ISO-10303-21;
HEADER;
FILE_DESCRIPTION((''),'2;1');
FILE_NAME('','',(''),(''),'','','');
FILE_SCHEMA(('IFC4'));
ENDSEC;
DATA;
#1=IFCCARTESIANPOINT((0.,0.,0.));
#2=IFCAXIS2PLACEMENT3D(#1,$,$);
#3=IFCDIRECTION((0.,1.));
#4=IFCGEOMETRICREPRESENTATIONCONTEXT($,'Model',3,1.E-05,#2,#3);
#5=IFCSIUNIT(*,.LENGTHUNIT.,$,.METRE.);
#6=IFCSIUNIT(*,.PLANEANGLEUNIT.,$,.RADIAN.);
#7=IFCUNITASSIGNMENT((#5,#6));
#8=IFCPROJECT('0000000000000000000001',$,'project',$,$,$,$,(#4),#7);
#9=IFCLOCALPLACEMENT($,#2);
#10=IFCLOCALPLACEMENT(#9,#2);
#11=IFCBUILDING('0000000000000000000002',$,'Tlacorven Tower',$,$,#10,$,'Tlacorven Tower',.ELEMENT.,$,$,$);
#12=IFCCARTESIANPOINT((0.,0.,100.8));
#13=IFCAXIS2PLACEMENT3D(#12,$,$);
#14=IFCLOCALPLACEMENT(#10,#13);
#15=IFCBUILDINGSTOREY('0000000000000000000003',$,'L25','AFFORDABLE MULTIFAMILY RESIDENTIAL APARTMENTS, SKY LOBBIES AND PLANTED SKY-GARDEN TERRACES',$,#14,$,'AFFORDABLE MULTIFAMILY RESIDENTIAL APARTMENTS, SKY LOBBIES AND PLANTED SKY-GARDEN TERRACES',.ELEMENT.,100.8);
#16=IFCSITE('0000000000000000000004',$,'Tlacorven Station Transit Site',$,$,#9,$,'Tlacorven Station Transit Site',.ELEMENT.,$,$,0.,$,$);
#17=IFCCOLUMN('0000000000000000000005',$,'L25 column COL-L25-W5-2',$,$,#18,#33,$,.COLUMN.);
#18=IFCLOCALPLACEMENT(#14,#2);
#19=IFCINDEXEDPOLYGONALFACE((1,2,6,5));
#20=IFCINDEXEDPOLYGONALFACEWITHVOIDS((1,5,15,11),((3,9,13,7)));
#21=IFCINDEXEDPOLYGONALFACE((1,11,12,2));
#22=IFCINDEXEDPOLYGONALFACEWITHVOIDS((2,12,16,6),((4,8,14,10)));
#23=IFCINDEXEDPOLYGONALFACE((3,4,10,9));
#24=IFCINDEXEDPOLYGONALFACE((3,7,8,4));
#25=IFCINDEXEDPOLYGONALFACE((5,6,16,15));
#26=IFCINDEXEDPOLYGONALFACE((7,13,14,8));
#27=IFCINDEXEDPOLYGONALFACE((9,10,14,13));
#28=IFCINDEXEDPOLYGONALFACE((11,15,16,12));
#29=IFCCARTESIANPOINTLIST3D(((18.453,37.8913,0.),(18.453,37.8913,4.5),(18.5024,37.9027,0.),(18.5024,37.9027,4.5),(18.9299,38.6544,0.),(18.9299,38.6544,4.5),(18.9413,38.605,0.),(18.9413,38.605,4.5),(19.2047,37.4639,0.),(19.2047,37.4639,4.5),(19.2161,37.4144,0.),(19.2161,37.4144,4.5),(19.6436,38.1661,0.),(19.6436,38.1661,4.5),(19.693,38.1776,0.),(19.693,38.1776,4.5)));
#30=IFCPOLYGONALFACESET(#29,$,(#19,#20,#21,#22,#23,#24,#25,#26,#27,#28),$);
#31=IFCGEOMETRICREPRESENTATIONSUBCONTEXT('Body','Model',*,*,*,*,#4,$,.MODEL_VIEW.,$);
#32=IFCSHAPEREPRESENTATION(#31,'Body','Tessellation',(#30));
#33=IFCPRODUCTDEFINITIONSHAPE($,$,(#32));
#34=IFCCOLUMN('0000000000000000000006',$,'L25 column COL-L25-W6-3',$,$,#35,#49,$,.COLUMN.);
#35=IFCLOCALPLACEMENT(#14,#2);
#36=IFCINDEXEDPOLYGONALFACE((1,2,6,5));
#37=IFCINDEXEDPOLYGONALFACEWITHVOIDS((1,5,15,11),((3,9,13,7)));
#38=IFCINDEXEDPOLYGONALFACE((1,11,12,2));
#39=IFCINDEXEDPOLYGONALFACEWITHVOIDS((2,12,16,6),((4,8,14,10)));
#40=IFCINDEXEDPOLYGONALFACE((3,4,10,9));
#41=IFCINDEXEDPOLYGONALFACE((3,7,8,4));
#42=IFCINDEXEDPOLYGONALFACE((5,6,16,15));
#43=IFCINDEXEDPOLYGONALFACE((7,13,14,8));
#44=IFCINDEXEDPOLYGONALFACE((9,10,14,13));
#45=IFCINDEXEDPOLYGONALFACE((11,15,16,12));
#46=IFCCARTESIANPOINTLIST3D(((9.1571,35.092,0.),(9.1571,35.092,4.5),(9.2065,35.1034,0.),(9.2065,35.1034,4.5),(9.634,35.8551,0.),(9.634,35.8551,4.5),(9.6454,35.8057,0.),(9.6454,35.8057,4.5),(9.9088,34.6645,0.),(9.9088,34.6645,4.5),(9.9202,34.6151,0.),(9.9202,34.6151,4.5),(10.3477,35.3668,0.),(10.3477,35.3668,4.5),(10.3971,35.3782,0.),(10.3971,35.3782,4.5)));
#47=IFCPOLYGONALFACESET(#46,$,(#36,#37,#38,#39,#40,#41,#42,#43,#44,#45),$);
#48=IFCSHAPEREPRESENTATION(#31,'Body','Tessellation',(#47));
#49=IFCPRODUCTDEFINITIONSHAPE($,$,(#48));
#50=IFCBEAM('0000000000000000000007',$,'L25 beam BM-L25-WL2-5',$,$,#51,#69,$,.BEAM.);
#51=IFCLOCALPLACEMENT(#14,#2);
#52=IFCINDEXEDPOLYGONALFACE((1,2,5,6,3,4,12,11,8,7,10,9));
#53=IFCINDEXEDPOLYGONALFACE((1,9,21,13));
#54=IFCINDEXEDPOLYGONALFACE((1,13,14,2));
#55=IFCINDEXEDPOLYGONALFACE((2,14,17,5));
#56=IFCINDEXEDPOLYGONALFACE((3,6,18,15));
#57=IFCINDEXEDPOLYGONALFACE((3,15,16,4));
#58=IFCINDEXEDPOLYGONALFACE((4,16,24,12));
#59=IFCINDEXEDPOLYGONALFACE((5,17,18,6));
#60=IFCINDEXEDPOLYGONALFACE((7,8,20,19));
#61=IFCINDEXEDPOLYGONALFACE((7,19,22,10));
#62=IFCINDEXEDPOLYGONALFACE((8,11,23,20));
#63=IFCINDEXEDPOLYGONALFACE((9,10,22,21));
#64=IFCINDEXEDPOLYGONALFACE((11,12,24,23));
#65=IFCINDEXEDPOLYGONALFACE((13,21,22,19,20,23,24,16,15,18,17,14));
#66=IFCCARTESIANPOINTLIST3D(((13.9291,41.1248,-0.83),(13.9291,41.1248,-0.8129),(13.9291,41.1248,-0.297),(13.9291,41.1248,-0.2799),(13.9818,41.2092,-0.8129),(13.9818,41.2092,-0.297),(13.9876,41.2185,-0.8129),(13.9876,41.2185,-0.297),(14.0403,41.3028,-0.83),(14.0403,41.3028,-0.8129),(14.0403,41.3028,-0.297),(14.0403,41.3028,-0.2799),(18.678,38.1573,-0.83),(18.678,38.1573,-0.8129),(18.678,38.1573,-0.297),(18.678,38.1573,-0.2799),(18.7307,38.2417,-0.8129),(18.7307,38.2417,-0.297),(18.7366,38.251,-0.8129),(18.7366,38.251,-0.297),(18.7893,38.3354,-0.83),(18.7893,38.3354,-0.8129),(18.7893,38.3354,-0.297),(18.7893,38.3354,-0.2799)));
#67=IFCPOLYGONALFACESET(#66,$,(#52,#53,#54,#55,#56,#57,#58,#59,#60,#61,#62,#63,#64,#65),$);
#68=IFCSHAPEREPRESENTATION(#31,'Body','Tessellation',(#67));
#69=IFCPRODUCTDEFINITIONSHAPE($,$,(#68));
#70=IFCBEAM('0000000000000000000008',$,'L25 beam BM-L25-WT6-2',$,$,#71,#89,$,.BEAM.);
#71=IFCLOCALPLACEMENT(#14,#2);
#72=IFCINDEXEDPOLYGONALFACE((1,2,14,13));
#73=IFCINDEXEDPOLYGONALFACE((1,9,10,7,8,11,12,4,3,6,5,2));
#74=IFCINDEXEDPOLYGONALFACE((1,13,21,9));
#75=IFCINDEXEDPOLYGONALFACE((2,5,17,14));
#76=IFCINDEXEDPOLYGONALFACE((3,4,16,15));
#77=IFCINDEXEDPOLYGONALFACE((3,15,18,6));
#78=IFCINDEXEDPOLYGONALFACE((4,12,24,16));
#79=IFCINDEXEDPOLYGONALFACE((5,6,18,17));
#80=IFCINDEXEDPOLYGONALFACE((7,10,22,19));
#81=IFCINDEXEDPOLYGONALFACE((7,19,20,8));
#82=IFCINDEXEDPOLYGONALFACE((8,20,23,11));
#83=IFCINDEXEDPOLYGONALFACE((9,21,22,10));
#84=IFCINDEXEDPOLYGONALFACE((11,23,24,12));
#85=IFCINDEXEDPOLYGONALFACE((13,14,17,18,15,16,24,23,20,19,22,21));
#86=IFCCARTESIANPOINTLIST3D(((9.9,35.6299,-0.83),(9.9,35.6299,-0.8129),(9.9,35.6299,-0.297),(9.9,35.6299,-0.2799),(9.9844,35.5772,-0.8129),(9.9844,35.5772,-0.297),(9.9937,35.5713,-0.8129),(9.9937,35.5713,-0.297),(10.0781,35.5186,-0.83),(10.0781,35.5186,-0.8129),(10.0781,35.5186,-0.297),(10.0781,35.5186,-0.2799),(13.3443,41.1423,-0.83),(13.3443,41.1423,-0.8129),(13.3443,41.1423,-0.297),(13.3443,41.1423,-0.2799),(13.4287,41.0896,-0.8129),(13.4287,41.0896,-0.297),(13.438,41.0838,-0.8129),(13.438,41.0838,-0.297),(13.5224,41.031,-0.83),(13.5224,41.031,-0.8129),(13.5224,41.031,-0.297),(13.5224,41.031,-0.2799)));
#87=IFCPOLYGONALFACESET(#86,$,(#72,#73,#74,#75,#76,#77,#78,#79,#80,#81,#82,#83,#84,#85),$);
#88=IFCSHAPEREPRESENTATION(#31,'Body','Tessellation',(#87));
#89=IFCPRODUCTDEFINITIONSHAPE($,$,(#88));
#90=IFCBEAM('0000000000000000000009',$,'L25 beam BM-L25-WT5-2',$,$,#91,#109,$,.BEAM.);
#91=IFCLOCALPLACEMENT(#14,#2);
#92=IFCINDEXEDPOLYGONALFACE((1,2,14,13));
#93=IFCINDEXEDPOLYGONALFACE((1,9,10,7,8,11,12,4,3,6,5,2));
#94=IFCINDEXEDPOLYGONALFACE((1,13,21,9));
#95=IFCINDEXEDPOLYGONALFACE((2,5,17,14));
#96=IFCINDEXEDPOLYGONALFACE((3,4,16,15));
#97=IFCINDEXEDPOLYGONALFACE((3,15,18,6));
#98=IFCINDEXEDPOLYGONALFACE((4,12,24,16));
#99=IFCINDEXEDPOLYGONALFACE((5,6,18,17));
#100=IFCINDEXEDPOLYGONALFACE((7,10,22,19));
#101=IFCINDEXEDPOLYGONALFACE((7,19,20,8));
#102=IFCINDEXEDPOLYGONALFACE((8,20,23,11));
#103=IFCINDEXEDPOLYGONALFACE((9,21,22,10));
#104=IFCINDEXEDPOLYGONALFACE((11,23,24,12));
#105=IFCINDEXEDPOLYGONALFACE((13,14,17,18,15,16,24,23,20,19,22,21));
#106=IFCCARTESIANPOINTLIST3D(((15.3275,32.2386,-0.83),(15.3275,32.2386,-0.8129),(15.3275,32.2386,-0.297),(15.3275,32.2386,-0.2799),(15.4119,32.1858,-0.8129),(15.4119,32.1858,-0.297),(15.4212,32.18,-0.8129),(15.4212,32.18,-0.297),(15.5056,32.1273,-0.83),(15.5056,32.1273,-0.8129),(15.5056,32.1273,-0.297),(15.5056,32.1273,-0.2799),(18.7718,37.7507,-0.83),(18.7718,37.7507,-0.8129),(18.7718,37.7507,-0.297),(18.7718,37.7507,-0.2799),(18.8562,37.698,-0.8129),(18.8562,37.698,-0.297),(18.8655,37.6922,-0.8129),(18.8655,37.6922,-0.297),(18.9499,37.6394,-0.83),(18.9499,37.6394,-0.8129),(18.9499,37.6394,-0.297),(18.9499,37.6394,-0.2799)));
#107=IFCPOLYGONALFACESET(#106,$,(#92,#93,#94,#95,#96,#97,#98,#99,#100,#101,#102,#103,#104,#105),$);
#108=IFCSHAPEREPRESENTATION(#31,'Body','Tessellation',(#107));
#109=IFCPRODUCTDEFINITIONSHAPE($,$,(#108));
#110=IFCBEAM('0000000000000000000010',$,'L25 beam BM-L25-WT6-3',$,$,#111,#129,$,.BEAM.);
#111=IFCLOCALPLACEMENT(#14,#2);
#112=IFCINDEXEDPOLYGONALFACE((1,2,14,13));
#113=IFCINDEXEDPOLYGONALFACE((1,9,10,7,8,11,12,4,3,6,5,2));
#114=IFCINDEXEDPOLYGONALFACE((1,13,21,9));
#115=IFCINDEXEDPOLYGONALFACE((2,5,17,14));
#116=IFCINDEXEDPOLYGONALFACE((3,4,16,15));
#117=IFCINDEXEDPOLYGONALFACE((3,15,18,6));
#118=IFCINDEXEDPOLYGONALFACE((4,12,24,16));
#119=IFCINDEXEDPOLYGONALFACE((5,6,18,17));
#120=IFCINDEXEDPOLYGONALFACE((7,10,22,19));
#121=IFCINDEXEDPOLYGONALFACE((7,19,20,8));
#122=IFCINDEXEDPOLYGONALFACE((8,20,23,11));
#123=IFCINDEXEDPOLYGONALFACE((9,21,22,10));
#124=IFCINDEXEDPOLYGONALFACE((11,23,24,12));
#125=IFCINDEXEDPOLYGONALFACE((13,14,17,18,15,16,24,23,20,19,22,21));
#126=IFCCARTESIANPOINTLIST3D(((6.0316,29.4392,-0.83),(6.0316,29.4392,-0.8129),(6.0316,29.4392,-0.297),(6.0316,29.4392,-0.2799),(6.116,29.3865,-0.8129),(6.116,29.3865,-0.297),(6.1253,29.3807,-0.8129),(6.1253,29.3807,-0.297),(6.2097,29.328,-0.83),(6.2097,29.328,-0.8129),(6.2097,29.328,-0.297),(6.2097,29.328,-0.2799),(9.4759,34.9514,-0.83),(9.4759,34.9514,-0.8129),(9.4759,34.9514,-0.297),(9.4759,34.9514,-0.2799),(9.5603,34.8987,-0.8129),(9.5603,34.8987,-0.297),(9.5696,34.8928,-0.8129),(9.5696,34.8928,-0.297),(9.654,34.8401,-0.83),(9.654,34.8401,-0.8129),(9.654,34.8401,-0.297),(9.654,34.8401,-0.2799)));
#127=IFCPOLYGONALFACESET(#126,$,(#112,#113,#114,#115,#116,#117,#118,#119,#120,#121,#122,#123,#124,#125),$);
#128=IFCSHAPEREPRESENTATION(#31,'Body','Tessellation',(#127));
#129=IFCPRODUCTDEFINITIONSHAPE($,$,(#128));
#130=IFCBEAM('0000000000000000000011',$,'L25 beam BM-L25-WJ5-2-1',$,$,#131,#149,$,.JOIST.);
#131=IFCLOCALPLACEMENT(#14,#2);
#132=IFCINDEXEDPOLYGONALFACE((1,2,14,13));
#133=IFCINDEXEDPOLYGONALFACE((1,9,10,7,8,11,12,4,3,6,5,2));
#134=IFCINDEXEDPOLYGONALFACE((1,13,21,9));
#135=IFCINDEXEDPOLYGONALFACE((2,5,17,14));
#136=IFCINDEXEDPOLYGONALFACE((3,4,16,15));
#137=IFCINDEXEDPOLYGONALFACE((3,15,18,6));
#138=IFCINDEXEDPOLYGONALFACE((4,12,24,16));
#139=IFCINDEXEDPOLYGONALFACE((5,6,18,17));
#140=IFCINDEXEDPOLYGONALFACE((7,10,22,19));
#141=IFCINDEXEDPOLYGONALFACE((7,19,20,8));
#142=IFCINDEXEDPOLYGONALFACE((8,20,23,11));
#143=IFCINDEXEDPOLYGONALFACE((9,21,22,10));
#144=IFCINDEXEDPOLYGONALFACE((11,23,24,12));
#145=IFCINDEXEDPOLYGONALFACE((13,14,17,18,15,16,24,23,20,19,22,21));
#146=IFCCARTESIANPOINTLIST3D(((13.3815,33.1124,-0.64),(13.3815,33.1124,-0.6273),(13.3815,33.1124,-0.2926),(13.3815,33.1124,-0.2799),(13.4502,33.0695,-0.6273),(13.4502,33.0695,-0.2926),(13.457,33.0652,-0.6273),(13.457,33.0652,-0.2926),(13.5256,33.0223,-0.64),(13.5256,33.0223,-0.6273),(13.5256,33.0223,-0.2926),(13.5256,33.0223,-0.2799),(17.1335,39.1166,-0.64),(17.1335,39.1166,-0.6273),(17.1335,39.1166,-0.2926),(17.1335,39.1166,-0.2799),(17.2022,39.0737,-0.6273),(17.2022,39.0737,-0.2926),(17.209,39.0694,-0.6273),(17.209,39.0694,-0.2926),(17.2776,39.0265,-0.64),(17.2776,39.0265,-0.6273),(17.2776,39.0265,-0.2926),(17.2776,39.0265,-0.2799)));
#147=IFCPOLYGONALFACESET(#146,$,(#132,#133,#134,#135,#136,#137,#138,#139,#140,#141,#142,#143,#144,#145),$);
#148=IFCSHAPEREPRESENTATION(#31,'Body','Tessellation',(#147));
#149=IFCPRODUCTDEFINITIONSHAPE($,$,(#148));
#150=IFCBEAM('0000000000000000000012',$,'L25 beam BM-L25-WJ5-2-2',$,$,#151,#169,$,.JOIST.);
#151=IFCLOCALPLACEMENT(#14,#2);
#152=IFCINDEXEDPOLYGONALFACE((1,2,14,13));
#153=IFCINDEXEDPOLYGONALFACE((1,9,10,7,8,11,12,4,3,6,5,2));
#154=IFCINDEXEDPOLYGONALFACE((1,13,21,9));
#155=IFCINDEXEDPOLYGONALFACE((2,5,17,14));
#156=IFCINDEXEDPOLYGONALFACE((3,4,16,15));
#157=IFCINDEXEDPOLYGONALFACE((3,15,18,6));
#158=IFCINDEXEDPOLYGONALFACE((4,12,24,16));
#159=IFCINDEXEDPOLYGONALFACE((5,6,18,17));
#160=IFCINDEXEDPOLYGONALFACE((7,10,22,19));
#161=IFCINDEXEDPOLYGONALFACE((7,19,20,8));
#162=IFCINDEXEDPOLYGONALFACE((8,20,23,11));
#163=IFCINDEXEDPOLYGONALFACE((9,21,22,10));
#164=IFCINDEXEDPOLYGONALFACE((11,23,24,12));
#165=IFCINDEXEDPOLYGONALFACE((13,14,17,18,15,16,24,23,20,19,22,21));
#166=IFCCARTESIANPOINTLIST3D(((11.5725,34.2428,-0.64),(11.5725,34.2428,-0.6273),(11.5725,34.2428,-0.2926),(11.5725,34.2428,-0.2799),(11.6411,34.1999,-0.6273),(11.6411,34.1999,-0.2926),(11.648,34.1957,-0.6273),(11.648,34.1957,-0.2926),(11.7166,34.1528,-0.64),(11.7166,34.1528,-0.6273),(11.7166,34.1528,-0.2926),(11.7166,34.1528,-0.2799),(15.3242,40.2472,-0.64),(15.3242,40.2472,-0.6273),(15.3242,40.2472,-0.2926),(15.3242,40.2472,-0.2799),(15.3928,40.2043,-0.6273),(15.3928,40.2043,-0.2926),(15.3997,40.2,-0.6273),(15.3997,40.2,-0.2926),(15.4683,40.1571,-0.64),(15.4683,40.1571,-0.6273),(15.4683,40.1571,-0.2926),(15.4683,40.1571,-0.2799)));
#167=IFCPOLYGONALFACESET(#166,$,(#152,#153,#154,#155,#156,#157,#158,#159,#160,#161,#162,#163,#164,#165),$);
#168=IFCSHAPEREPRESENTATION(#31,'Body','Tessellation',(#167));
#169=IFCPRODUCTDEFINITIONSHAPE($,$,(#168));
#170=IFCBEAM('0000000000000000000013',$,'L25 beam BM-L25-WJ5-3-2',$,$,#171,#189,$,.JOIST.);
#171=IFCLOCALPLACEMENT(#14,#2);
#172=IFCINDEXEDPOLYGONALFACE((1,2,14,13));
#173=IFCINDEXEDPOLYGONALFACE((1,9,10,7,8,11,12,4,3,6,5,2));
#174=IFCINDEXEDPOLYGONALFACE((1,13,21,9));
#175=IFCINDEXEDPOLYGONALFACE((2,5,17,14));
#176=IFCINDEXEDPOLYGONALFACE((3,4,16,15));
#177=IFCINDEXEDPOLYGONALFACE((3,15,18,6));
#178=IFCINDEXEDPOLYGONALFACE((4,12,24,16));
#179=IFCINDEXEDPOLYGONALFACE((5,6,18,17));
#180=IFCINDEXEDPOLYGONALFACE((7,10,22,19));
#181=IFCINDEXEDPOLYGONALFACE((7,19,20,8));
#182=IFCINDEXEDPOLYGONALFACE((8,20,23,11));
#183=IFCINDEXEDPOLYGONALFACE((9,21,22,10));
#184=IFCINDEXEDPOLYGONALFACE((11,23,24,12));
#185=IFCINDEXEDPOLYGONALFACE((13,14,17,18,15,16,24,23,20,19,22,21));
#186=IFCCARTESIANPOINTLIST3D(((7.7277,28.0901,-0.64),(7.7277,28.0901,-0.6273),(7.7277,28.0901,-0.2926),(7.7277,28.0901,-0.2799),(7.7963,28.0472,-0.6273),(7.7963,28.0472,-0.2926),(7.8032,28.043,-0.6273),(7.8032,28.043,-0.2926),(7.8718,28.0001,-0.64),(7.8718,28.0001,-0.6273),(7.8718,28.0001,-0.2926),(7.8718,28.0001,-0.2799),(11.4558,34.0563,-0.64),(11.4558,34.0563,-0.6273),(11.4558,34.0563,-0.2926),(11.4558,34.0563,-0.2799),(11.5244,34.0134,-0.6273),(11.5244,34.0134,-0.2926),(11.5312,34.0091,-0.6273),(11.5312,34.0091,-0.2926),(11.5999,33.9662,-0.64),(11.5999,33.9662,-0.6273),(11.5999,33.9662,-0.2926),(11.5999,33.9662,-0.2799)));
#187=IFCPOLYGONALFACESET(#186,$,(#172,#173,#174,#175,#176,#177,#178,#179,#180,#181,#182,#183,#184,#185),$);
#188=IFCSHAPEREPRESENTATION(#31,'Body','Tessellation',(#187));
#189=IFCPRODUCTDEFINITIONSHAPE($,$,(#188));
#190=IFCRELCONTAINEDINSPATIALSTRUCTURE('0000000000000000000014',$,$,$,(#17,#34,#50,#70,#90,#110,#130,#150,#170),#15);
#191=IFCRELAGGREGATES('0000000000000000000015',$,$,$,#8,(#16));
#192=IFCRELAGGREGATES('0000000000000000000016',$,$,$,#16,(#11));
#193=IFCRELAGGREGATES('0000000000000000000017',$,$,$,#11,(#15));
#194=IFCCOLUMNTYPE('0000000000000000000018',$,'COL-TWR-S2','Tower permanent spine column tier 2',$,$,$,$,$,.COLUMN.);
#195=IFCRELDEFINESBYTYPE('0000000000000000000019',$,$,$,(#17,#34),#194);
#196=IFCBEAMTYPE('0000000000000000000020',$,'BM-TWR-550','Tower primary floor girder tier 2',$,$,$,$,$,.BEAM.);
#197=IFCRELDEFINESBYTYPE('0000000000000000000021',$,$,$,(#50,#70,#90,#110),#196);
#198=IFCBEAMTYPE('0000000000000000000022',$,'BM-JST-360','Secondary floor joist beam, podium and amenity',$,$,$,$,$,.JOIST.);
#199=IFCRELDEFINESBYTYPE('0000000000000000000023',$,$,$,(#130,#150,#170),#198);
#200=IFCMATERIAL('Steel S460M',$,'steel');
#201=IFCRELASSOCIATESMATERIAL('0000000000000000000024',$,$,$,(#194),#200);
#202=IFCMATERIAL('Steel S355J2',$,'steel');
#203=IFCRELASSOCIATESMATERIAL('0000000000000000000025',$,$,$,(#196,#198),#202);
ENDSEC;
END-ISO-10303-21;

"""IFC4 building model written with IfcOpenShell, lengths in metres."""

from ifc_helpers import new_model, si_unit, direction, frame, origin, origin_2d, place, context, subcontext, project, spatial, hollow_rectangle, i_section, extrude, source, transform, mapped, material, material_profile, profile_set, type_object, element, save


model = new_model("IFC4")

# Units and contexts
model_context = context("Model", 3, precision=1e-05, world=origin(), true_north=direction((0.0, 1.0)))
body_context = subcontext(model_context, "Body", "Model", "MODEL_VIEW")
ifc_project = project(units=[si_unit("LENGTHUNIT", "METRE"), si_unit("PLANEANGLEUNIT", "RADIAN")], contexts=[model_context])

# Site, building, storey
site_placement = place(None, origin())
site = spatial("IfcSite", under=ifc_project, at=site_placement, Name="Tlacorven Station Transit Site", LongName="Tlacorven Station Transit Site", CompositionType="ELEMENT", RefElevation=0.0)
building_placement = place(site_placement, origin())
building = spatial("IfcBuilding", under=site, at=building_placement, Name="Tlacorven Tower", LongName="Tlacorven Tower", CompositionType="ELEMENT")
storey_placement = place(building_placement, frame((0.0, 0.0, 100.8)))
storey = spatial("IfcBuildingStorey", under=building, at=storey_placement, Name="L25", Description="AFFORDABLE MULTIFAMILY RESIDENTIAL APARTMENTS, SKY LOBBIES AND PLANTED SKY-GARDEN TERRACES", LongName="AFFORDABLE MULTIFAMILY RESIDENTIAL APARTMENTS, SKY LOBBIES AND PLANTED SKY-GARDEN TERRACES", CompositionType="ELEMENT", Elevation=100.8)

# Columns
ifc_material_1 = material(Name="Steel S460M", Category="steel")
ifc_material_profile_1 = material_profile(ifc_material_1, hollow_rectangle(XDim=0.8999, YDim=0.8999, WallThickness=0.0359, at=origin_2d()), Name="BOX 900X900X36")
ifc_profile_set_1 = profile_set([ifc_material_profile_1], Name="Steel S460M")
column_type = type_object("IfcColumnType", Name="COL-TWR-S2", Description="Tower permanent spine column tier 2", PredefinedType="COLUMN", material=ifc_profile_set_1)
shared_shape_1 = source(origin(), body_context, "Body", "SweptSolid", [
    extrude(hollow_rectangle(XDim=0.8999, YDim=0.8999, WallThickness=0.0359, at=origin_2d()), origin(), (0.0, 0.0, 1.0), 4.5),
])
for number, where, z_axis, x_axis, name in (
    (1, (19.073, 38.0344, 0.0), (0.0, 0.0, 1.0), (-0.848048, 0.529919, 0.0), "L25 column COL-L25-W5-2"),
    (2, (9.7771, 35.2351, 0.0), (0.0, 0.0, 1.0), (-0.848048, 0.529919, 0.0), "L25 column COL-L25-W6-3"),
):
    element("IfcColumn", number, at=place(storey_placement, frame(where, z_axis=z_axis, x_axis=x_axis)), inside=storey, type_object=column_type, Name=name, PredefinedType="COLUMN", context=body_context, shape_type="MappedRepresentation", body=[
        mapped(shared_shape_1, transform((0.0, 0.0, 0.0), scale=1.0)),
    ])

# Beams
ifc_material_2 = material(Name="Steel S355J2", Category="steel")
ifc_material_profile_2 = material_profile(ifc_material_2, i_section(OverallWidth=0.21, OverallDepth=0.55, WebThickness=0.011, FlangeThickness=0.0171, at=origin_2d()), Name="IPE 550")
ifc_profile_set_2 = profile_set([ifc_material_profile_2], Name="Steel S355J2")
beam_type_1 = type_object("IfcBeamType", Name="BM-TWR-550", Description="Tower primary floor girder tier 2", PredefinedType="BEAM", material=ifc_profile_set_2)
shared_shape_2 = source(origin(), body_context, "Body", "SweptSolid", [
    extrude(i_section(OverallWidth=0.21, OverallDepth=0.55, WebThickness=0.011, FlangeThickness=0.0171, at=origin_2d()), origin(), (0.0, 0.0, 1.0), 5.5999),
])
beam_1_placement = place(storey_placement, frame((18.7336, 38.2463, -0.5549), z_axis=(-0.848047, 0.529921, 0.0), x_axis=(-0.529921, -0.848047, 0.0)))
element("IfcBeam", 3, at=beam_1_placement, inside=storey, type_object=beam_type_1, Name="L25 beam BM-L25-WL2-5", PredefinedType="BEAM", context=body_context, shape_type="MappedRepresentation", body=[
    mapped(shared_shape_2, transform((0.0, 0.0, 0.0), scale=1.0)),
])
shared_shape_3 = source(origin(), body_context, "Body", "SweptSolid", [
    extrude(i_section(OverallWidth=0.21, OverallDepth=0.55, WebThickness=0.011, FlangeThickness=0.0171, at=origin_2d()), origin(), (0.0, 0.0, 1.0), 6.5),
])
beam_2_placement = place(storey_placement, frame((13.4333, 41.0867, -0.5549), z_axis=(-0.529894, -0.848064, 0.0), x_axis=(0.848064, -0.529894, 0.0)))
element("IfcBeam", 4, at=beam_2_placement, inside=storey, type_object=beam_type_1, Name="L25 beam BM-L25-WT6-2", PredefinedType="BEAM", context=body_context, shape_type="MappedRepresentation", body=[
    mapped(shared_shape_3, transform((0.0, 0.0, 0.0), scale=1.0)),
])
shared_shape_4 = source(origin(), body_context, "Body", "SweptSolid", [
    extrude(i_section(OverallWidth=0.21, OverallDepth=0.55, WebThickness=0.011, FlangeThickness=0.0171, at=origin_2d()), origin(), (0.0, 0.0, 1.0), 6.4998),
])
for number, where, z_axis, x_axis, name in (
    (5, (18.8608, 37.6951, -0.5549), (-0.529911, -0.848053, 0.0), (0.848053, -0.529911, 0.0), "L25 beam BM-L25-WT5-2"),
    (6, (9.5649, 34.8958, -0.5549), (-0.529911, -0.848053, 0.0), (0.848053, -0.529911, 0.0), "L25 beam BM-L25-WT6-3"),
):
    element("IfcBeam", number, at=place(storey_placement, frame(where, z_axis=z_axis, x_axis=x_axis)), inside=storey, type_object=beam_type_1, Name=name, PredefinedType="BEAM", context=body_context, shape_type="MappedRepresentation", body=[
        mapped(shared_shape_4, transform((0.0, 0.0, 0.0), scale=1.0)),
    ])
ifc_material_profile_3 = material_profile(ifc_material_2, i_section(OverallWidth=0.1699, OverallDepth=0.3601, WebThickness=0.0081, FlangeThickness=0.0127, at=origin_2d()), Name="IPE 360")
ifc_profile_set_3 = profile_set([ifc_material_profile_3], Name="Steel S355J2")
beam_type_2 = type_object("IfcBeamType", Name="BM-JST-360", Description="Secondary floor joist beam, podium and amenity", PredefinedType="JOIST", material=ifc_profile_set_3)
shared_shape_5 = source(origin(), body_context, "Body", "SweptSolid", [
    extrude(i_section(OverallWidth=0.1699, OverallDepth=0.3601, WebThickness=0.0081, FlangeThickness=0.0127, at=origin_2d()), origin(), (0.0, 0.0, 1.0), 7.0801),
])
for number, where, z_axis, x_axis, name in (
    (7, (17.2056, 39.0715, -0.46), (-0.529934, -0.848039, 0.0), (0.848039, -0.529934, 0.0), "L25 beam BM-L25-WJ5-2-1"),
    (8, (15.3962, 40.2021, -0.46), (-0.529894, -0.848064, 0.0), (0.848064, -0.529894, 0.0), "L25 beam BM-L25-WJ5-2-2"),
):
    element("IfcBeam", number, at=place(storey_placement, frame(where, z_axis=z_axis, x_axis=x_axis)), inside=storey, type_object=beam_type_2, Name=name, PredefinedType="JOIST", context=body_context, shape_type="MappedRepresentation", body=[
        mapped(shared_shape_5, transform((0.0, 0.0, 0.0), scale=1.0)),
    ])
shared_shape_6 = source(origin(), body_context, "Body", "SweptSolid", [
    extrude(i_section(OverallWidth=0.1699, OverallDepth=0.3601, WebThickness=0.0081, FlangeThickness=0.0127, at=origin_2d()), origin(), (0.0, 0.0, 1.0), 7.0352),
])
beam_3_placement = place(storey_placement, frame((11.5278, 34.0112, -0.46), z_axis=(-0.529921, -0.848047, 0.0), x_axis=(0.848047, -0.529921, 0.0)))
element("IfcBeam", 9, at=beam_3_placement, inside=storey, type_object=beam_type_2, Name="L25 beam BM-L25-WJ5-3-2", PredefinedType="JOIST", context=body_context, shape_type="MappedRepresentation", body=[
    mapped(shared_shape_6, transform((0.0, 0.0, 0.0), scale=1.0)),
])

save(model, "model.ifc")
